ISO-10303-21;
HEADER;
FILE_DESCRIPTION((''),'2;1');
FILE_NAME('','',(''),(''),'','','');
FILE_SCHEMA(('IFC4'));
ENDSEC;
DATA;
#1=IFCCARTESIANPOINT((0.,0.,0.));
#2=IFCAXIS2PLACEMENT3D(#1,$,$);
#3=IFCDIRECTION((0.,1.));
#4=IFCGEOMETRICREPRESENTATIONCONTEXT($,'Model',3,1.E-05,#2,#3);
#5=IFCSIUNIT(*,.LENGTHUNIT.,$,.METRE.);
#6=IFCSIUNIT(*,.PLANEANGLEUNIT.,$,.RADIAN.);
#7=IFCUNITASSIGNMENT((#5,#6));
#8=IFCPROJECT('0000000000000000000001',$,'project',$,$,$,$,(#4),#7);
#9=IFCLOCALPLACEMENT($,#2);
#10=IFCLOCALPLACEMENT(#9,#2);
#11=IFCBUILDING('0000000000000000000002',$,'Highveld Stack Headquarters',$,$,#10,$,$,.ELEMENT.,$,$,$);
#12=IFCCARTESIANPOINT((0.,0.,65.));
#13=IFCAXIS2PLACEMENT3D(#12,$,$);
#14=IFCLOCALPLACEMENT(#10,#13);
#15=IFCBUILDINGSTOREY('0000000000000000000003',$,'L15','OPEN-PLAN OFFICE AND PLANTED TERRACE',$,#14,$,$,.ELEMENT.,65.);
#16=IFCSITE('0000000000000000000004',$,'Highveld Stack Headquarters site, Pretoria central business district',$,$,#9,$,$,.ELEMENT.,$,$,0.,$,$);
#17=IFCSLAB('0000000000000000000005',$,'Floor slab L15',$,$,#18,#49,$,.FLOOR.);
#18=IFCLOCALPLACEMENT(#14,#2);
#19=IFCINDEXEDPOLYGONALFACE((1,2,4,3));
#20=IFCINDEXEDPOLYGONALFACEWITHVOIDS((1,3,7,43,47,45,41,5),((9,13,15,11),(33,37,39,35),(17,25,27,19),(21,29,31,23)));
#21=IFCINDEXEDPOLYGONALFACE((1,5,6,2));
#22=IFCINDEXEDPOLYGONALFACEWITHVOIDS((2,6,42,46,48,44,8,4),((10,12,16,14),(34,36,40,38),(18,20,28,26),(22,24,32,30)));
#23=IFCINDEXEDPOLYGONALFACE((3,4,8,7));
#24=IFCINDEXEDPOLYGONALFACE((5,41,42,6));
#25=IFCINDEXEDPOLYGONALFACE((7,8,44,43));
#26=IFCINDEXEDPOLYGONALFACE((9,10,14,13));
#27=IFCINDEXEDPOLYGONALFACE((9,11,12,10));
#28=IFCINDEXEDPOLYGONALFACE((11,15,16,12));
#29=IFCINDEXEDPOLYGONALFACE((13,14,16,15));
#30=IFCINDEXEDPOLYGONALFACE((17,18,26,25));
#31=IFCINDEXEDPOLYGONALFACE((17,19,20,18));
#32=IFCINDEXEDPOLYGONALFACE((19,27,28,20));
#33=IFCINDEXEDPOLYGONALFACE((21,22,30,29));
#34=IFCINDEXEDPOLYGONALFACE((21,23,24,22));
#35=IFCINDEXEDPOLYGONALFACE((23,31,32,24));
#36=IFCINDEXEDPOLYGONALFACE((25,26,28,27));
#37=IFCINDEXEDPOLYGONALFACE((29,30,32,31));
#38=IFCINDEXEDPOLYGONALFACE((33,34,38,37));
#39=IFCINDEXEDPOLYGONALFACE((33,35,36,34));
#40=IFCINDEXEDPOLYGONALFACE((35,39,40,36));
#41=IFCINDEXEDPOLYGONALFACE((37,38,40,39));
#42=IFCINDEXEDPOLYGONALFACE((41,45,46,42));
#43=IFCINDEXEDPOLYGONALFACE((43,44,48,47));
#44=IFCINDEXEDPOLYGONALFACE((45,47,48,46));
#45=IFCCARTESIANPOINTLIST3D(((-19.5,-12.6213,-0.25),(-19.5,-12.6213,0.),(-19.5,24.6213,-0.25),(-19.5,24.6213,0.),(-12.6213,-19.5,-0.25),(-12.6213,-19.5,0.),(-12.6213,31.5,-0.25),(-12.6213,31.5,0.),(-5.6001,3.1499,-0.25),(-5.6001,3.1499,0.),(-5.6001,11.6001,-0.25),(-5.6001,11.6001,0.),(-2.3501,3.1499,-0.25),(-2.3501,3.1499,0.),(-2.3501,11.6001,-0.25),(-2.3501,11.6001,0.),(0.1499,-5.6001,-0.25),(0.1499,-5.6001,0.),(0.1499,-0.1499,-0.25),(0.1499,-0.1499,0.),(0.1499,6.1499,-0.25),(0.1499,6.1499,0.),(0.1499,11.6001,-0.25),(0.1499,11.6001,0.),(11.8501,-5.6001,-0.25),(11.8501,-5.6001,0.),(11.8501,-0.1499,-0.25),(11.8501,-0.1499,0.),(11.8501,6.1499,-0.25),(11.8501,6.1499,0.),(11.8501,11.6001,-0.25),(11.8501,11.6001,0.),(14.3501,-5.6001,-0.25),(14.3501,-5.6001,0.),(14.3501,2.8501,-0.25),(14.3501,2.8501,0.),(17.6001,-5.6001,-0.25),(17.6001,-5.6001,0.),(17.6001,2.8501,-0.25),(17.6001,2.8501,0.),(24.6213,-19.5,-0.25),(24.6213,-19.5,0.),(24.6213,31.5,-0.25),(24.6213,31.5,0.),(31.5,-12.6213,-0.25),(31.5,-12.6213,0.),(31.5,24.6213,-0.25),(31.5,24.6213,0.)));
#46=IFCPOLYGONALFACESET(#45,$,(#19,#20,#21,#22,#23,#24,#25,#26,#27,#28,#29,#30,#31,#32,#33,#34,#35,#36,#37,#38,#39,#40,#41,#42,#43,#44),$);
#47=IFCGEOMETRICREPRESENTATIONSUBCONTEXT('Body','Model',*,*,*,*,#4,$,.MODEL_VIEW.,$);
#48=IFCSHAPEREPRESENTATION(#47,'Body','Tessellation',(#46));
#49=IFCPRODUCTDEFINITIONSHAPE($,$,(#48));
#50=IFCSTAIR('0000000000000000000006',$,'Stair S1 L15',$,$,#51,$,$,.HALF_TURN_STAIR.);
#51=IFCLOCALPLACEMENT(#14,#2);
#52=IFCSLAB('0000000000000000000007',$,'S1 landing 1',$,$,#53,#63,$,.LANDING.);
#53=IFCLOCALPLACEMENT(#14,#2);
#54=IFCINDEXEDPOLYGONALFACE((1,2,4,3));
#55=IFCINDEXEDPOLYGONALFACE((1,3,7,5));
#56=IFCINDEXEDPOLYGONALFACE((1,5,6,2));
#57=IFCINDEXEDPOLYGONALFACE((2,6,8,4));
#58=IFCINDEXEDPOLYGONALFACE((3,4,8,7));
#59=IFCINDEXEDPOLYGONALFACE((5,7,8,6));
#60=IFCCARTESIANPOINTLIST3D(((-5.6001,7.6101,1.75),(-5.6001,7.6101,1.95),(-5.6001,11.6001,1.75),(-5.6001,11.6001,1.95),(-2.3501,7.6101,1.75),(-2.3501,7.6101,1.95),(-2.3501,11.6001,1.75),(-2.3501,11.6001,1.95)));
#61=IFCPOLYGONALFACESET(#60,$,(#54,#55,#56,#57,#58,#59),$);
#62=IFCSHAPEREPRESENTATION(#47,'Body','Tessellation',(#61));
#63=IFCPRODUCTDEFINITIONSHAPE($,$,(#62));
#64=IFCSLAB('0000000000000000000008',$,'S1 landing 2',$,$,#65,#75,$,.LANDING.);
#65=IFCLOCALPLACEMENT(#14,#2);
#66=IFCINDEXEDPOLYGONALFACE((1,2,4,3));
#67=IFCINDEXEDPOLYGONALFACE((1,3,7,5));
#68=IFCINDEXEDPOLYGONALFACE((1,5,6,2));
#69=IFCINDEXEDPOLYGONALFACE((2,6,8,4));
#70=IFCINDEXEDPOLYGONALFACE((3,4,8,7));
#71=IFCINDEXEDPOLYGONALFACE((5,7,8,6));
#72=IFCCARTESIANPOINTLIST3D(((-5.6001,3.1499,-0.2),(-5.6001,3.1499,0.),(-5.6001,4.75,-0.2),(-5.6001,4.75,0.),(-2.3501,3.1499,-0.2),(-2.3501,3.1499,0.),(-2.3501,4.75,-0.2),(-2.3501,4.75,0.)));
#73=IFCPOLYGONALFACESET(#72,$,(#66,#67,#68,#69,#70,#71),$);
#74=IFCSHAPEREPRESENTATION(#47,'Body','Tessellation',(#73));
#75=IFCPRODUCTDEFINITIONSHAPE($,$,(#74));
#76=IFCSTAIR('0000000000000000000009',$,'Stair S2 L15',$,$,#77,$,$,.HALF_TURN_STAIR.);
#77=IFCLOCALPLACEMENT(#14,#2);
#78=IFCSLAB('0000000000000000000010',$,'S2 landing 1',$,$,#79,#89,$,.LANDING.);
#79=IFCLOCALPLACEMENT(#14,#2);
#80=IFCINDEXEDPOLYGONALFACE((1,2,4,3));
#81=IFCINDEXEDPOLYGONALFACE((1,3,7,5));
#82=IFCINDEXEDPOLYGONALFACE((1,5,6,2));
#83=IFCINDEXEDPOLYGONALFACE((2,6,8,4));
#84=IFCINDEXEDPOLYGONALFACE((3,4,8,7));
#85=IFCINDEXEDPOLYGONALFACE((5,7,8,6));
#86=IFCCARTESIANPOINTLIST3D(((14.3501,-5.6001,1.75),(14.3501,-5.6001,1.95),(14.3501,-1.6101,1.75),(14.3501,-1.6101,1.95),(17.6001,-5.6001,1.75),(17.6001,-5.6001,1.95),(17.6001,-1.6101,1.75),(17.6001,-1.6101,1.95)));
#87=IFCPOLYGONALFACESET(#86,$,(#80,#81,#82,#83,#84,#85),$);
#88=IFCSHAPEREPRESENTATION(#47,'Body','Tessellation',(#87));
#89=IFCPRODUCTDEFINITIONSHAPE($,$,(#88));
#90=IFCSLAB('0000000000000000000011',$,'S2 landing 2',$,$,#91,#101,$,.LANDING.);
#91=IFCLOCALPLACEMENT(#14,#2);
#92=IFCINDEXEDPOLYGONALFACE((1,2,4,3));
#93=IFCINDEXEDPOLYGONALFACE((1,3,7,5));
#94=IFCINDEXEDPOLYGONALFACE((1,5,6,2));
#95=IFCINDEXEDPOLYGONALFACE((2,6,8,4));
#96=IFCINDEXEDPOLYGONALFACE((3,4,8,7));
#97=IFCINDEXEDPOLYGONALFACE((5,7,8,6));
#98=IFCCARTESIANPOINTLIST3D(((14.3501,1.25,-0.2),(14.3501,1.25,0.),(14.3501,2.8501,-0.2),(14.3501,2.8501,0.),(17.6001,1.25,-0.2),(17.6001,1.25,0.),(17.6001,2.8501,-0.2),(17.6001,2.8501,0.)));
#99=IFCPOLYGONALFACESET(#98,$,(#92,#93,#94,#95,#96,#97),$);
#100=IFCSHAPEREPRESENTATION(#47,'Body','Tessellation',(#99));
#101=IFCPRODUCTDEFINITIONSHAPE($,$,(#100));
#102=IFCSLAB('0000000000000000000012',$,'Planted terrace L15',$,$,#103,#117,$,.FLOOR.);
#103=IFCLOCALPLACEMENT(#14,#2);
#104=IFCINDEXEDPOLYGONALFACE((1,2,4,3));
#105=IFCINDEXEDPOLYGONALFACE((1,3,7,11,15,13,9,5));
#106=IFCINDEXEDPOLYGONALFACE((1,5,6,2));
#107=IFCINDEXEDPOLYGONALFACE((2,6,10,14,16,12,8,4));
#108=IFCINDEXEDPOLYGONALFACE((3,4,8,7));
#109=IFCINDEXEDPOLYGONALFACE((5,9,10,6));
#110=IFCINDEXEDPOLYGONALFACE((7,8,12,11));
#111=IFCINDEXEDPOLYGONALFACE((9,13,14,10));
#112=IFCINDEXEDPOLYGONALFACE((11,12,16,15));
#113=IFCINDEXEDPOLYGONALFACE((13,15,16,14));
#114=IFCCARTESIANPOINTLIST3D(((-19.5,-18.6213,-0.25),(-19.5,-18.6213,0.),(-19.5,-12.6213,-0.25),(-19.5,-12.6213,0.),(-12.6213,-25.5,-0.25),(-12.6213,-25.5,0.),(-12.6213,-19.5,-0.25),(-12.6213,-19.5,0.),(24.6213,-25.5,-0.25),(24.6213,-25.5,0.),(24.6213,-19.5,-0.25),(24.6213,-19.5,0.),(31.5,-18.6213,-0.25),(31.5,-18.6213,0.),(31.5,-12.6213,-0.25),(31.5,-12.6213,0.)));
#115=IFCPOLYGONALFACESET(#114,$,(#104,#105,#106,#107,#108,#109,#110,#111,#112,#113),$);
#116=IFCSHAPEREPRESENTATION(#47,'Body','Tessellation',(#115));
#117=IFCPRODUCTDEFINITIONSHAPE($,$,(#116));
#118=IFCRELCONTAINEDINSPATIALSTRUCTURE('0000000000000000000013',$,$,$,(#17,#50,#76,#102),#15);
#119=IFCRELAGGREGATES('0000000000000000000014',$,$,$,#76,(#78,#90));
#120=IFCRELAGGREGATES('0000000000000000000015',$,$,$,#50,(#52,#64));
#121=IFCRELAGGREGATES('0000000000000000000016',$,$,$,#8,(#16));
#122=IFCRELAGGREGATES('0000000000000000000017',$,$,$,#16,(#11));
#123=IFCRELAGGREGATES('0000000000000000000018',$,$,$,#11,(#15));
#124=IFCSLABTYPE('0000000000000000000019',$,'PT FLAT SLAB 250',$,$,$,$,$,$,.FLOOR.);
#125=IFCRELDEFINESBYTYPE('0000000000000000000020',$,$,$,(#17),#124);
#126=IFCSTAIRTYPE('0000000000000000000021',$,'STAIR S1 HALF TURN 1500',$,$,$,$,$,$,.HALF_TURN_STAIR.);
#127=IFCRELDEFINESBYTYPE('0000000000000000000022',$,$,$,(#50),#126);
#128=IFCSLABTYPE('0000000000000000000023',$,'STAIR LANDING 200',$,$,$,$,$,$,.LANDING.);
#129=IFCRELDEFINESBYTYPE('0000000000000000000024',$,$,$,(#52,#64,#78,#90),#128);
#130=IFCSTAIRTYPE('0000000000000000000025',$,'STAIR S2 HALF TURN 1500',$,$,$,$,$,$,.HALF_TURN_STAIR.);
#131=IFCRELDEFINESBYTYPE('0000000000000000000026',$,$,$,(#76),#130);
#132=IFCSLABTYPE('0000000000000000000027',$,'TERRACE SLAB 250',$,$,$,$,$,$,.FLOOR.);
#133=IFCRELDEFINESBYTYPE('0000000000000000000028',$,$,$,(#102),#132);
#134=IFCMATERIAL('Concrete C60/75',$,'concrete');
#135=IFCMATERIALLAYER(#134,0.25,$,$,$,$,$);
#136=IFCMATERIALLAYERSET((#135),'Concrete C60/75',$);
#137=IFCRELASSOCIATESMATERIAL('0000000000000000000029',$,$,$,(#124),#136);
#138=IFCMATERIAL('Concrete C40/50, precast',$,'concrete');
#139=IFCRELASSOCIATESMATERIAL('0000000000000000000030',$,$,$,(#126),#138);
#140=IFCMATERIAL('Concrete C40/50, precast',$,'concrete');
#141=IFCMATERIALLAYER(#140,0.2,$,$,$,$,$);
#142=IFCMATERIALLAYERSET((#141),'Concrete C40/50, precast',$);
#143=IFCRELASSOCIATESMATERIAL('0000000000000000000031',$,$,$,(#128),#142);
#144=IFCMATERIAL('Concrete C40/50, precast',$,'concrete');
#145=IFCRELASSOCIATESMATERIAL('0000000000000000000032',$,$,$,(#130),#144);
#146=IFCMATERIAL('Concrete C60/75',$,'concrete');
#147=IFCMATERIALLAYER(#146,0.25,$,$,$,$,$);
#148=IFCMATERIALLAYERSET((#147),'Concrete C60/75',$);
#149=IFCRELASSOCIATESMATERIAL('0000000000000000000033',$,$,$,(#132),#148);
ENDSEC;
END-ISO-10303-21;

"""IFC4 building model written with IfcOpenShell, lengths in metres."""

from ifc_helpers import new_model, si_unit, direction, frame, origin, place, context, subcontext, project, spatial, polyline, outline, extrude, material, layer, layer_set, type_object, element, aggregate, save


model = new_model("IFC4")

# Units and contexts
model_context = context("Model", 3, precision=1e-05, world=origin(), true_north=direction((0.0, 1.0)))
body_context = subcontext(model_context, "Body", "Model", "MODEL_VIEW")
ifc_project = project(units=[si_unit("LENGTHUNIT", "METRE"), si_unit("PLANEANGLEUNIT", "RADIAN")], contexts=[model_context])

# Site, building, storey
site_placement = place(None, origin())
site = spatial("IfcSite", under=ifc_project, at=site_placement, Name="Highveld Stack Headquarters site, Pretoria central business district", CompositionType="ELEMENT", RefElevation=0.0)
building_placement = place(site_placement, origin())
building = spatial("IfcBuilding", under=site, at=building_placement, Name="Highveld Stack Headquarters", CompositionType="ELEMENT")
storey_placement = place(building_placement, frame((0.0, 0.0, 65.0)))
storey = spatial("IfcBuildingStorey", under=building, at=storey_placement, Name="L15", Description="OPEN-PLAN OFFICE AND PLANTED TERRACE", CompositionType="ELEMENT", Elevation=65.0)

# Slab
ifc_material_1 = material(Name="Concrete C60/75", Category="concrete")
ifc_layer_1 = layer(ifc_material_1, 0.25)
ifc_layer_set_1 = layer_set([ifc_layer_1], Name="Concrete C60/75")
slab_type_1 = type_object("IfcSlabType", Name="PT FLAT SLAB 250", PredefinedType="FLOOR", material=ifc_layer_set_1)
slab_1_placement = place(storey_placement, frame((0.0, 0.0, -0.25)))
element("IfcSlab", 1, at=slab_1_placement, inside=storey, type_object=slab_type_1, Name="Floor slab L15", PredefinedType="FLOOR", context=body_context, shape_type="SweptSolid", body=[
    extrude(outline(polyline([(-12.6213, -19.5), (24.6213, -19.5), (31.5, -12.6213), (31.5, 24.6213), (24.6213, 31.5), (-12.6213, 31.5), (-19.5, 24.6213), (-19.5, -12.6213), (-12.6213, -19.5)]), holes=[polyline([(0.1499, 6.1499), (11.8501, 6.1499), (11.8501, 11.6001), (0.1499, 11.6001), (0.1499, 6.1499)]), polyline([(0.1499, -5.6001), (11.8501, -5.6001), (11.8501, -0.1499), (0.1499, -0.1499), (0.1499, -5.6001)]), polyline([(-5.6001, 3.1499), (-2.3501, 3.1499), (-2.3501, 11.6001), (-5.6001, 11.6001), (-5.6001, 3.1499)]), polyline([(14.3501, -5.6001), (17.6001, -5.6001), (17.6001, 2.8501), (14.3501, 2.8501), (14.3501, -5.6001)])]), origin(), (0.0, 0.0, 1.0), 0.25),
])

# Stairs, slabs
ifc_material_2 = material(Name="Concrete C40/50, precast", Category="concrete")
stair_type_1 = type_object("IfcStairType", Name="STAIR S1 HALF TURN 1500", PredefinedType="HALF_TURN_STAIR", material=ifc_material_2)
stair_1_placement = place(storey_placement, origin())
stair_1 = element("IfcStair", 2, at=stair_1_placement, inside=storey, type_object=stair_type_1, Name="Stair S1 L15", PredefinedType="HALF_TURN_STAIR")
ifc_material_3 = material(Name="Concrete C40/50, precast", Category="concrete")
ifc_layer_2 = layer(ifc_material_3, 0.2)
ifc_layer_set_2 = layer_set([ifc_layer_2], Name="Concrete C40/50, precast")
slab_type_2 = type_object("IfcSlabType", Name="STAIR LANDING 200", PredefinedType="LANDING", material=ifc_layer_set_2)
slab_2_placement = place(storey_placement, frame((0.0, 0.0, 1.75)))
slab_2 = element("IfcSlab", 3, at=slab_2_placement, type_object=slab_type_2, Name="S1 landing 1", PredefinedType="LANDING", context=body_context, shape_type="SweptSolid", body=[
    extrude(outline(polyline([(-5.6001, 7.6101), (-2.3501, 7.6101), (-2.3501, 11.6001), (-5.6001, 11.6001), (-5.6001, 7.6101)])), origin(), (0.0, 0.0, 1.0), 0.2),
])
slab_3_placement = place(storey_placement, frame((0.0, 0.0, -0.2)))
slab_3 = element("IfcSlab", 4, at=slab_3_placement, type_object=slab_type_2, Name="S1 landing 2", PredefinedType="LANDING", context=body_context, shape_type="SweptSolid", body=[
    extrude(outline(polyline([(-5.6001, 3.1499), (-2.3501, 3.1499), (-2.3501, 4.75), (-5.6001, 4.75), (-5.6001, 3.1499)])), origin(), (0.0, 0.0, 1.0), 0.2),
])
ifc_material_4 = material(Name="Concrete C40/50, precast", Category="concrete")
stair_type_2 = type_object("IfcStairType", Name="STAIR S2 HALF TURN 1500", PredefinedType="HALF_TURN_STAIR", material=ifc_material_4)
stair_2_placement = place(storey_placement, origin())
stair_2 = element("IfcStair", 5, at=stair_2_placement, inside=storey, type_object=stair_type_2, Name="Stair S2 L15", PredefinedType="HALF_TURN_STAIR")
slab_4_placement = place(storey_placement, frame((0.0, 0.0, 1.75)))
slab_4 = element("IfcSlab", 6, at=slab_4_placement, type_object=slab_type_2, Name="S2 landing 1", PredefinedType="LANDING", context=body_context, shape_type="SweptSolid", body=[
    extrude(outline(polyline([(14.3501, -5.6001), (17.6001, -5.6001), (17.6001, -1.6101), (14.3501, -1.6101), (14.3501, -5.6001)])), origin(), (0.0, 0.0, 1.0), 0.2),
])
slab_5_placement = place(storey_placement, frame((0.0, 0.0, -0.2)))
slab_5 = element("IfcSlab", 7, at=slab_5_placement, type_object=slab_type_2, Name="S2 landing 2", PredefinedType="LANDING", context=body_context, shape_type="SweptSolid", body=[
    extrude(outline(polyline([(14.3501, 1.25), (17.6001, 1.25), (17.6001, 2.8501), (14.3501, 2.8501), (14.3501, 1.25)])), origin(), (0.0, 0.0, 1.0), 0.2),
])
aggregate(stair_2, [slab_4, slab_5])

# Slab
ifc_material_5 = material(Name="Concrete C60/75", Category="concrete")
ifc_layer_3 = layer(ifc_material_5, 0.25)
ifc_layer_set_3 = layer_set([ifc_layer_3], Name="Concrete C60/75")
slab_type_3 = type_object("IfcSlabType", Name="TERRACE SLAB 250", PredefinedType="FLOOR", material=ifc_layer_set_3)
slab_6_placement = place(storey_placement, frame((0.0, 0.0, -0.25)))
element("IfcSlab", 8, at=slab_6_placement, inside=storey, type_object=slab_type_3, Name="Planted terrace L15", PredefinedType="FLOOR", context=body_context, shape_type="SweptSolid", body=[
    extrude(outline(polyline([(31.5, -18.6213), (24.6213, -25.5), (-12.6213, -25.5), (-19.5, -18.6213), (-19.5, -12.6213), (-12.6213, -19.5), (24.6213, -19.5), (31.5, -12.6213), (31.5, -18.6213)])), origin(), (0.0, 0.0, 1.0), 0.25),
])

aggregate(stair_1, [slab_2, slab_3])

save(model, "model.ifc")
